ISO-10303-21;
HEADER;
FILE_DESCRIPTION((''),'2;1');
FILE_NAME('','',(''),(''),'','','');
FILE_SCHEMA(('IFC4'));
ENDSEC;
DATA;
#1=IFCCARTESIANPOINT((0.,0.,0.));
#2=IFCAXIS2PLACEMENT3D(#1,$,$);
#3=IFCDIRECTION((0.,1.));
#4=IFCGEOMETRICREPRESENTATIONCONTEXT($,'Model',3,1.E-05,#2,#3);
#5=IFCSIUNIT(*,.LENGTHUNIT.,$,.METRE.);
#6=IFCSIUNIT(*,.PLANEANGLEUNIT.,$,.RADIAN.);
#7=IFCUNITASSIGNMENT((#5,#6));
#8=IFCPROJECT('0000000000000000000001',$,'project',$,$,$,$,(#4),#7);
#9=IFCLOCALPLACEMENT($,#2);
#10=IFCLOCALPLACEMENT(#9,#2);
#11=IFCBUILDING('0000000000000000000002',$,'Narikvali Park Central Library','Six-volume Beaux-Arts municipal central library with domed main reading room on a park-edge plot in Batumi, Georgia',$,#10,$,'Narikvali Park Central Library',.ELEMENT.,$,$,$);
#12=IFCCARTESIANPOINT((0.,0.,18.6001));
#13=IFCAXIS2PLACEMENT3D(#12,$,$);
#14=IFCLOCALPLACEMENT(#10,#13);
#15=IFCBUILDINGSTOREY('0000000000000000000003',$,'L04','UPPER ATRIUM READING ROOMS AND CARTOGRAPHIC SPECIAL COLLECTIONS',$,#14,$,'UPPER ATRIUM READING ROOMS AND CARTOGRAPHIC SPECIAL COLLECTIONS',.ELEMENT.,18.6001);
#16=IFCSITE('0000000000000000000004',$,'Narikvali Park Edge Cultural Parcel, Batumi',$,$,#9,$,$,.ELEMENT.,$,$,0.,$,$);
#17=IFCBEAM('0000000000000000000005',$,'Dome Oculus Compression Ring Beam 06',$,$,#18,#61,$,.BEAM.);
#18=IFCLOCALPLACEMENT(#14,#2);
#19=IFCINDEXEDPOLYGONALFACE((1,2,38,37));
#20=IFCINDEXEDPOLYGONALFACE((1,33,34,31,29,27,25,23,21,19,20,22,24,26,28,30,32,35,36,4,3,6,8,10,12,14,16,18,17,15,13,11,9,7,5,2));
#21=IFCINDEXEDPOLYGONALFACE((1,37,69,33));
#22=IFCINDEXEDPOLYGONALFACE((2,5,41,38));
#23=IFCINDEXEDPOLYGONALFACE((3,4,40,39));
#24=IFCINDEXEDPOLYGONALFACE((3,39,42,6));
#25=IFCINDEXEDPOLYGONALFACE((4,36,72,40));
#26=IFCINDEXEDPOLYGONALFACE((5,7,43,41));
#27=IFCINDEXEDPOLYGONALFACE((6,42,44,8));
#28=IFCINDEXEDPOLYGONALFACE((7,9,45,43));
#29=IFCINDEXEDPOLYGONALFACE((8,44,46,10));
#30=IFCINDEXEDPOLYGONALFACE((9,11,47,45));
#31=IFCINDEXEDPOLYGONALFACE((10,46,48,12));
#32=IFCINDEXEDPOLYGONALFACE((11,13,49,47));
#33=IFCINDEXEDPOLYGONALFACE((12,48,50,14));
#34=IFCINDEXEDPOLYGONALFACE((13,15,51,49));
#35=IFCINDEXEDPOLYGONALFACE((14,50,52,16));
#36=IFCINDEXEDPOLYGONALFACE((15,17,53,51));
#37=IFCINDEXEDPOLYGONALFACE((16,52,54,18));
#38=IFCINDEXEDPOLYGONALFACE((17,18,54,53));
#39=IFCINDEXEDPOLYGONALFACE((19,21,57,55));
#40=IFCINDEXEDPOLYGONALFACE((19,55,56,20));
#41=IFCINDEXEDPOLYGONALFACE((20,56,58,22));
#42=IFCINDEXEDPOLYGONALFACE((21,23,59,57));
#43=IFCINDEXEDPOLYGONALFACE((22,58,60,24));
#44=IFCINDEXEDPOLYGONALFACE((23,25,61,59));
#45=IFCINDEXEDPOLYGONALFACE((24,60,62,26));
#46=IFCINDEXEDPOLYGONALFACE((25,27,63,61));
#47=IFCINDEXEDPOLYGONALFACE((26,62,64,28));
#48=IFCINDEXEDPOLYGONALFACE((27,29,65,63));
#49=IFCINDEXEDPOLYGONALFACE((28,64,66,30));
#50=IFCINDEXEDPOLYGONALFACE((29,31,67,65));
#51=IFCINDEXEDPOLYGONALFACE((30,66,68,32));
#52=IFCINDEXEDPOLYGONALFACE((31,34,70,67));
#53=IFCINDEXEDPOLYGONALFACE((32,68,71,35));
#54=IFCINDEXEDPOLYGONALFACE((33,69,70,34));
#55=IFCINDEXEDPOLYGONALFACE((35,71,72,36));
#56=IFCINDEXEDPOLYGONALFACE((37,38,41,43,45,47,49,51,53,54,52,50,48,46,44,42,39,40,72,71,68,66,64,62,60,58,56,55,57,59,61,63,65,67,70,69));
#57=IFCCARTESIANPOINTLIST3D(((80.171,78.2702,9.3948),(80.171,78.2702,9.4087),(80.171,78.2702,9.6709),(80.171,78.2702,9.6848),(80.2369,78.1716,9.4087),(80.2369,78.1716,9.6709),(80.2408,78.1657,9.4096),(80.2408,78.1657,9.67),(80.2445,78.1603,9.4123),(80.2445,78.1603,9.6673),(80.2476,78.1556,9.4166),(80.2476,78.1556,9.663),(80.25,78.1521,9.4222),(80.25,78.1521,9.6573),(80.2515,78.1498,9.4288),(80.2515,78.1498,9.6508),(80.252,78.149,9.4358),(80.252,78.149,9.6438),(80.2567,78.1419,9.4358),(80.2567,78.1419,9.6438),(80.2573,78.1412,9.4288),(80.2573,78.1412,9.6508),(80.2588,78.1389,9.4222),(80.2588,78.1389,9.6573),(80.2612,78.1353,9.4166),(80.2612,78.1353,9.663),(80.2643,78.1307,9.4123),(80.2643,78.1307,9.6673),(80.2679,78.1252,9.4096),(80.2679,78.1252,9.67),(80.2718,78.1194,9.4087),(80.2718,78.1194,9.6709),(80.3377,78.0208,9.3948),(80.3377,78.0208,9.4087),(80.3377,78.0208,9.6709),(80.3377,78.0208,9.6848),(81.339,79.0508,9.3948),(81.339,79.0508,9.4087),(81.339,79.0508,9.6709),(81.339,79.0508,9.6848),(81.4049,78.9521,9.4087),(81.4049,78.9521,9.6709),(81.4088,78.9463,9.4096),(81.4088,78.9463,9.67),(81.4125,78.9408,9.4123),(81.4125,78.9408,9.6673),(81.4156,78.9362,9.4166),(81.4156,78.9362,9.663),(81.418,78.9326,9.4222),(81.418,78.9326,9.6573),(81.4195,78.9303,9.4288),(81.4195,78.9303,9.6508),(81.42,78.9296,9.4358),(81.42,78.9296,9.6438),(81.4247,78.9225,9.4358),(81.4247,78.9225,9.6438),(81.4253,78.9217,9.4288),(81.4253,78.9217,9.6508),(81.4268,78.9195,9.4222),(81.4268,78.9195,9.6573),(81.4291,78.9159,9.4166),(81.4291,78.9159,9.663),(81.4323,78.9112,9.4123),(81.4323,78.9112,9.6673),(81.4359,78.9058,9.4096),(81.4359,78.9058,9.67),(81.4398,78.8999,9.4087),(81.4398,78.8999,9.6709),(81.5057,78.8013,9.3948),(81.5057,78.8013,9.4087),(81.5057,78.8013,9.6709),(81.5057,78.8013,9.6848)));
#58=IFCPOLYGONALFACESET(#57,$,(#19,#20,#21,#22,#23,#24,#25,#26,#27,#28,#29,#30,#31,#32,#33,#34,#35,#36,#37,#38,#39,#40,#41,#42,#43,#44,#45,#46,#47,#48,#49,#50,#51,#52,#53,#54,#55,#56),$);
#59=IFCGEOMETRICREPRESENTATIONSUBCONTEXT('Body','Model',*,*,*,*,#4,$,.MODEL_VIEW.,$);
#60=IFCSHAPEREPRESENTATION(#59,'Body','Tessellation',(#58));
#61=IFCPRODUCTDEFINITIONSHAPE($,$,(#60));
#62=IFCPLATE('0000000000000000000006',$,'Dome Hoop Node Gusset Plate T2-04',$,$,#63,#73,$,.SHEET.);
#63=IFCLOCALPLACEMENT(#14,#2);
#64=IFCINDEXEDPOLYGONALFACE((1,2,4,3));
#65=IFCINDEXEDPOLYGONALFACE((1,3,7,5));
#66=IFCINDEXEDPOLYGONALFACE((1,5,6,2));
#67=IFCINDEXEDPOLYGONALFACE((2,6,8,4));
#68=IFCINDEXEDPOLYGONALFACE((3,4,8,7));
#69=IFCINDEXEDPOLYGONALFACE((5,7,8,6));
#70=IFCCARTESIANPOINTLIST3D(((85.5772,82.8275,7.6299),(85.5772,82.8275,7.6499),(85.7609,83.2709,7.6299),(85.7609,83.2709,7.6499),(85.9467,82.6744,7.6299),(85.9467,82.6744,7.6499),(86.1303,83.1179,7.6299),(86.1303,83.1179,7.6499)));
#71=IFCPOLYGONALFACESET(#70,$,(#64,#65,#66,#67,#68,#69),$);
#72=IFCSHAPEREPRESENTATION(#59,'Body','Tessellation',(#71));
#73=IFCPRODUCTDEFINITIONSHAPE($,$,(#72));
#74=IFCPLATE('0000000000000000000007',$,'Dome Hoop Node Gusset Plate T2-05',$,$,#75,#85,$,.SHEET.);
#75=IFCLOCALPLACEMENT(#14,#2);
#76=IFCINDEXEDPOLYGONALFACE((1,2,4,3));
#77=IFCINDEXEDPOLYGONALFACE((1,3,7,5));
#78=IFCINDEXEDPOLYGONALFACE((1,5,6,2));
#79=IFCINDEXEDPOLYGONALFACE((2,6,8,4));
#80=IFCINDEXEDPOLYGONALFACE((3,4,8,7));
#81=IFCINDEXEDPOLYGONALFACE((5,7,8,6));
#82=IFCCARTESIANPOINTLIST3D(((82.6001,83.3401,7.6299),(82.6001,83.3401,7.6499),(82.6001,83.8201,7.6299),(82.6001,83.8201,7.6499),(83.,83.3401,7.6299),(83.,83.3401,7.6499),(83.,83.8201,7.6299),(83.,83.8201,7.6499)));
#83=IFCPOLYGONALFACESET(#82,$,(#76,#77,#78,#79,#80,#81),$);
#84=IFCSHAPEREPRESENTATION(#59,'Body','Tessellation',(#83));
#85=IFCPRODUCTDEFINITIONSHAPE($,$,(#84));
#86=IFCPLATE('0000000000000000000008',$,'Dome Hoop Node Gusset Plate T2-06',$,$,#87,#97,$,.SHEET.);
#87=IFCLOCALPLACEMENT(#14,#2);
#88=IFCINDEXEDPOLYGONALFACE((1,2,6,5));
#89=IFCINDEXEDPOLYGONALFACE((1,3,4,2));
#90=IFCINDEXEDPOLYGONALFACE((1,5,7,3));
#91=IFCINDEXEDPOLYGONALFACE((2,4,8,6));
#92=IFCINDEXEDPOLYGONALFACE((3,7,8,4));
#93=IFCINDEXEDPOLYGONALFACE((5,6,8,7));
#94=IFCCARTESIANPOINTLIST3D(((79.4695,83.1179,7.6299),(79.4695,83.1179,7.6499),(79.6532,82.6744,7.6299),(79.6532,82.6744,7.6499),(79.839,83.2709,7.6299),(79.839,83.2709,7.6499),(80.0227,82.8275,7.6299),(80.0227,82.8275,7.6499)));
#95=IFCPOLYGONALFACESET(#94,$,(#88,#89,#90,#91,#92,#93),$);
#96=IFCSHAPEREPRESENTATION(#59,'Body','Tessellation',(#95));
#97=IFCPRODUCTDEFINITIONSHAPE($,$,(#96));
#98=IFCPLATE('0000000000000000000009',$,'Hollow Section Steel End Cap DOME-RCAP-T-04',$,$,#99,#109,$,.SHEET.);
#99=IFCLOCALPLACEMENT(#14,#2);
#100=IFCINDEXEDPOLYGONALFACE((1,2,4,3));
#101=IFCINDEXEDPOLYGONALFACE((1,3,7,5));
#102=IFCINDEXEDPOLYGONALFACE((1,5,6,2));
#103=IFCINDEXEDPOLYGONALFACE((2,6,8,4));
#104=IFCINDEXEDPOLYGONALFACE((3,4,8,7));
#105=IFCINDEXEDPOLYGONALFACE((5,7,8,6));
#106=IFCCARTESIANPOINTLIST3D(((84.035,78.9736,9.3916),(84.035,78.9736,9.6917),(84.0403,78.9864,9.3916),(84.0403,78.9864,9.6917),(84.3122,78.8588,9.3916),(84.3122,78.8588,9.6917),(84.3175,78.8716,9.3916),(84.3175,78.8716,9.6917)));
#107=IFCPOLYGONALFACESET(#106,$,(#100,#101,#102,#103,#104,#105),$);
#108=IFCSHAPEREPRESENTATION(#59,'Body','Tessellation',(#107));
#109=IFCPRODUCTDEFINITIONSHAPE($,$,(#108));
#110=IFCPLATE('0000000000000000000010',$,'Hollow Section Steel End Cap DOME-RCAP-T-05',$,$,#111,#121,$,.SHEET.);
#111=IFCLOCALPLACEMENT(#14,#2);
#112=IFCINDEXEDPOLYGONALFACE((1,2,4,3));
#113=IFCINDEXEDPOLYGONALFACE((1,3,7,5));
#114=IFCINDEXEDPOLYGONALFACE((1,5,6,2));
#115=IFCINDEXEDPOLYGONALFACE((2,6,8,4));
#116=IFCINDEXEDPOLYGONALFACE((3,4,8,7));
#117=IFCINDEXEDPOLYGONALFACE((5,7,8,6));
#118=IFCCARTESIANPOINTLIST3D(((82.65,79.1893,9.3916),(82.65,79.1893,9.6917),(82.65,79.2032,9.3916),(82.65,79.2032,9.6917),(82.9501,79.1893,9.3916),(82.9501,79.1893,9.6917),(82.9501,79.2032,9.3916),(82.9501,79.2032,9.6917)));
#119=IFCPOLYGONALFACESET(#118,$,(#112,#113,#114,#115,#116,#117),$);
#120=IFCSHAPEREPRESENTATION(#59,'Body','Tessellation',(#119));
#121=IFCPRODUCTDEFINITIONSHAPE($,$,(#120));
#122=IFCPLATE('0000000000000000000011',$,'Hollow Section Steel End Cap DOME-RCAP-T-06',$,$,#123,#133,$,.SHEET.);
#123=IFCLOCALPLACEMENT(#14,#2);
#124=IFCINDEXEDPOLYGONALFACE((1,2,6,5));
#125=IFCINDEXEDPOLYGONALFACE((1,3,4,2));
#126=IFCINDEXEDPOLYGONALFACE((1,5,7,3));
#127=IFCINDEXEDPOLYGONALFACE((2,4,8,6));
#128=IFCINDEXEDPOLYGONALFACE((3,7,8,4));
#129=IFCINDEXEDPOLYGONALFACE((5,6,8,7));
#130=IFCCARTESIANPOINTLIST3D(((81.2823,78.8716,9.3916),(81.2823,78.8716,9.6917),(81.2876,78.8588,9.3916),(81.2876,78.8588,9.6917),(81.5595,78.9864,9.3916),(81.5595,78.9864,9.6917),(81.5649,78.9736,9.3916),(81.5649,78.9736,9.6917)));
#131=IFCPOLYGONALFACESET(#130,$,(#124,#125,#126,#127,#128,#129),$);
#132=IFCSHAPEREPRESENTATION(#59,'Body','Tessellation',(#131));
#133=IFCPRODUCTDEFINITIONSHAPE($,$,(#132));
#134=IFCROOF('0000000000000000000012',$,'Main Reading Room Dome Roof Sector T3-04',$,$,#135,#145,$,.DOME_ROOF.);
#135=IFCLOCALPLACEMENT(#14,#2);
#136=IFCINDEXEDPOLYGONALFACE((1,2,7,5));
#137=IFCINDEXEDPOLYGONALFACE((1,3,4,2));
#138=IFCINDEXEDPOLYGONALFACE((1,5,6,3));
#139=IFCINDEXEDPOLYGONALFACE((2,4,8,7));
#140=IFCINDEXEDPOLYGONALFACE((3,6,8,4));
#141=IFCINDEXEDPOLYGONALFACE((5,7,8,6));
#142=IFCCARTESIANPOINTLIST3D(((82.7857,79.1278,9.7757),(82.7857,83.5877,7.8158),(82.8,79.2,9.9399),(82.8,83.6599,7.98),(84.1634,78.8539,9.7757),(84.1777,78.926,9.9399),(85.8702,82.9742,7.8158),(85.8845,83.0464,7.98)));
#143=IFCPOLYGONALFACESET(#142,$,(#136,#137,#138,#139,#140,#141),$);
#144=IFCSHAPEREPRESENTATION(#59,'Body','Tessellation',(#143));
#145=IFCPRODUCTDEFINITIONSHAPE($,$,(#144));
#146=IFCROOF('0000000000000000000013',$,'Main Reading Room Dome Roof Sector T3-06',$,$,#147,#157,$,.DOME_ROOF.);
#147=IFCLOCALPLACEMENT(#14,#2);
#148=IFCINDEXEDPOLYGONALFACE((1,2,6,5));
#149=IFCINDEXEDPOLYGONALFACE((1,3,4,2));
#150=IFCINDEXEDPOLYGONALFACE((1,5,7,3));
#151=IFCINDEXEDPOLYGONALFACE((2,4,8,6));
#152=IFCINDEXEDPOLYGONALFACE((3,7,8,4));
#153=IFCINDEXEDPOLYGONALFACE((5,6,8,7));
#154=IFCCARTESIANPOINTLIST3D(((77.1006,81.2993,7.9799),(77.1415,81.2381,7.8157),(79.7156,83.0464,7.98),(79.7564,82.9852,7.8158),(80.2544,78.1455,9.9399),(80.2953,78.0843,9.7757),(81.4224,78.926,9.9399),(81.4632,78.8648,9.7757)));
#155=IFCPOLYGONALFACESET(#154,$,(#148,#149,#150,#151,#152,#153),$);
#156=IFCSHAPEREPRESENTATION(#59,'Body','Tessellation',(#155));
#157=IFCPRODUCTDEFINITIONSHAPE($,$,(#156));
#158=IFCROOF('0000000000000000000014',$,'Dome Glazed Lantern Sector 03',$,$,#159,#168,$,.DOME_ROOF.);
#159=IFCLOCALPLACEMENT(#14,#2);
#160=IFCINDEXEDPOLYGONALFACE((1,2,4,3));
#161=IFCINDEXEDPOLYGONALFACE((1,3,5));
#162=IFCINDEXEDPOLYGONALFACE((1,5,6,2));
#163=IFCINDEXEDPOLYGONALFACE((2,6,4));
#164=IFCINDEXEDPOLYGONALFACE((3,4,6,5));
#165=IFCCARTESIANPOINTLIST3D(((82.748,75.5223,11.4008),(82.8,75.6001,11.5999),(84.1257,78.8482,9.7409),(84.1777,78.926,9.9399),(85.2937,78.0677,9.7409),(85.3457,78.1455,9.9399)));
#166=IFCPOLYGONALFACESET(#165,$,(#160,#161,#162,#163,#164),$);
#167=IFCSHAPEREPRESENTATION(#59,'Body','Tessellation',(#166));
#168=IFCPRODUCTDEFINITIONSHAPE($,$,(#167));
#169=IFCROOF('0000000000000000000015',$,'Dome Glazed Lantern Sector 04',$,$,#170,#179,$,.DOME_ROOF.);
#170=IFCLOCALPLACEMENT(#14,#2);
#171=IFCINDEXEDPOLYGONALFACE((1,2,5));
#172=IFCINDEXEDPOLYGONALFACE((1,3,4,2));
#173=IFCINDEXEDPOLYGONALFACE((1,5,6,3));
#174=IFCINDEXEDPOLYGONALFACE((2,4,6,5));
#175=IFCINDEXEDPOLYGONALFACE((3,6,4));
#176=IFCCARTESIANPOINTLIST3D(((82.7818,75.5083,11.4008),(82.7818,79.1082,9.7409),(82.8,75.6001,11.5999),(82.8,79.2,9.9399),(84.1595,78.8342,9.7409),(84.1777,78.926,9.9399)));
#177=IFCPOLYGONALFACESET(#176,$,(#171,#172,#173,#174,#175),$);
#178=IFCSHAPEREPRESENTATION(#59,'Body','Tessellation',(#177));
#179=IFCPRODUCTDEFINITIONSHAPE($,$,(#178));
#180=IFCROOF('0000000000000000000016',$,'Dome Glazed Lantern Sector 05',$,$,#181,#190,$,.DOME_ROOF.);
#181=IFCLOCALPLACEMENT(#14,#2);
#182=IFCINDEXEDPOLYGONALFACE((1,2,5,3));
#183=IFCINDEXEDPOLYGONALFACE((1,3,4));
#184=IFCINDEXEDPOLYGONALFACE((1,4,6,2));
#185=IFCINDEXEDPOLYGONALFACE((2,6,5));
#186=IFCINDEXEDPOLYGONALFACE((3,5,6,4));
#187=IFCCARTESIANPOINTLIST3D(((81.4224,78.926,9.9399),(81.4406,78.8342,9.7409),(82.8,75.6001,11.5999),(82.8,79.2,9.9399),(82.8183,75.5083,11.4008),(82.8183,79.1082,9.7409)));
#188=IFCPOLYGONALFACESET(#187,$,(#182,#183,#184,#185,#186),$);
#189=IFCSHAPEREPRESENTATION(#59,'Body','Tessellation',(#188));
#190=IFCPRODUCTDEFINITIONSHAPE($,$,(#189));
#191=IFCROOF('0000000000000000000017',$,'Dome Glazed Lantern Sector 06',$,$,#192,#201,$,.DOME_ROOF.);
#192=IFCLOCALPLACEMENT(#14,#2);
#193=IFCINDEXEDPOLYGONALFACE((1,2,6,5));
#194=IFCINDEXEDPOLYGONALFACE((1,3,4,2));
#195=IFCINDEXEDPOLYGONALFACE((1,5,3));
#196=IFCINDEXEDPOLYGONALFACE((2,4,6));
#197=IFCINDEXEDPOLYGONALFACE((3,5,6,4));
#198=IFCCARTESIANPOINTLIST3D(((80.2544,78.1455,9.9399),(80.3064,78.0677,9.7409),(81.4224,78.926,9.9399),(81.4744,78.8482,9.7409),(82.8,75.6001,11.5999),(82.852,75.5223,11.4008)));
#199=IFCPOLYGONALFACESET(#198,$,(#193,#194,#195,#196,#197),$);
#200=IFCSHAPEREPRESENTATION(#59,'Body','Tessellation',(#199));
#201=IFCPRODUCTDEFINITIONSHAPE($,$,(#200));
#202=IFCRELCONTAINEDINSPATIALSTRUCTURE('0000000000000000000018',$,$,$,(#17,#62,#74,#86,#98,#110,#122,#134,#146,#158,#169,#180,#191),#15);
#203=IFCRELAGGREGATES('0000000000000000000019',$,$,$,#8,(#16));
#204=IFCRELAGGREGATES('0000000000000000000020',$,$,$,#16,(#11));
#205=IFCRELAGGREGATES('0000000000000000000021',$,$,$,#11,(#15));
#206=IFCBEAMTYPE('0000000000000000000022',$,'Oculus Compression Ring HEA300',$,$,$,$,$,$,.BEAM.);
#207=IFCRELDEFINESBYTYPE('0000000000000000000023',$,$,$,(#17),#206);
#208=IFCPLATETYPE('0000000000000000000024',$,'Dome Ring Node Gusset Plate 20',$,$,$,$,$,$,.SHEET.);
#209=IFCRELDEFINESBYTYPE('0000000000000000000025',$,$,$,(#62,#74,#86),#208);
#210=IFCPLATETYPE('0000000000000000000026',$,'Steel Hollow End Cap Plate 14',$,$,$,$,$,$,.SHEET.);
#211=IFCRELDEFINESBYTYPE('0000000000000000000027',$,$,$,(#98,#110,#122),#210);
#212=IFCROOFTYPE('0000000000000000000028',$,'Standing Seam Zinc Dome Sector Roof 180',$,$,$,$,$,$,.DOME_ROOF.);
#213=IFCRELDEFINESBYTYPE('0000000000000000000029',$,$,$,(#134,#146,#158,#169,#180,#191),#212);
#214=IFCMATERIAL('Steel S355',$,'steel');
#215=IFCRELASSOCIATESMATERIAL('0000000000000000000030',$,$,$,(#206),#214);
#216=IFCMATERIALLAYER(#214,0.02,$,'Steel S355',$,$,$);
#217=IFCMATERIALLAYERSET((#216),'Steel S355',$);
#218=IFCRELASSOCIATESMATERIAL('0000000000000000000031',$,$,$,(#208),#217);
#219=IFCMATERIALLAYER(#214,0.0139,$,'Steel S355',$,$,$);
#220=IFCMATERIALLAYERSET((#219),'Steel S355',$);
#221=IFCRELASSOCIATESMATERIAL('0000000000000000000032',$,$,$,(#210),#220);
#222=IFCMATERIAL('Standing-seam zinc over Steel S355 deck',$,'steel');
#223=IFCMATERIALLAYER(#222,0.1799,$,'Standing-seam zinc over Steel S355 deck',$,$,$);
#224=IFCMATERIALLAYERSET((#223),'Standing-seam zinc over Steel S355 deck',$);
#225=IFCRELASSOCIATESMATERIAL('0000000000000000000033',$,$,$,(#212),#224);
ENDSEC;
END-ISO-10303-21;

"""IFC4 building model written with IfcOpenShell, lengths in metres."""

from ifc_helpers import new_model, si_unit, direction, frame, origin, origin_2d, place, context, subcontext, project, spatial, polyline, rectangle, i_section, outline, extrude, material, layer, layer_set, material_profile, profile_set, type_object, element, save


model = new_model("IFC4")

# Units and contexts
model_context = context("Model", 3, precision=1e-05, world=origin(), true_north=direction((0.0, 1.0)))
body_context = subcontext(model_context, "Body", "Model", "MODEL_VIEW")
ifc_project = project(units=[si_unit("LENGTHUNIT", "METRE"), si_unit("PLANEANGLEUNIT", "RADIAN")], contexts=[model_context])

# Site, building, storey
site_placement = place(None, origin())
site = spatial("IfcSite", under=ifc_project, at=site_placement, Name="Narikvali Park Edge Cultural Parcel, Batumi", CompositionType="ELEMENT", RefElevation=0.0)
building_placement = place(site_placement, origin())
building = spatial("IfcBuilding", under=site, at=building_placement, Name="Narikvali Park Central Library", Description="Six-volume Beaux-Arts municipal central library with domed main reading room on a park-edge plot in Batumi, Georgia", LongName="Narikvali Park Central Library", CompositionType="ELEMENT")
storey_placement = place(building_placement, frame((0.0, 0.0, 18.6001)))
storey = spatial("IfcBuildingStorey", under=building, at=storey_placement, Name="L04", Description="UPPER ATRIUM READING ROOMS AND CARTOGRAPHIC SPECIAL COLLECTIONS", LongName="UPPER ATRIUM READING ROOMS AND CARTOGRAPHIC SPECIAL COLLECTIONS", CompositionType="ELEMENT", Elevation=18.6001)

# Shared definitions
ifc_material_1 = material(Name="Steel S355", Category="steel")

# Beam
ifc_material_profile_1 = material_profile(ifc_material_1, i_section(OverallWidth=0.3, OverallDepth=0.29, WebThickness=0.0085, FlangeThickness=0.0139, FilletRadius=0.0271, at=origin_2d()), Name="HEA 300")
ifc_profile_set_1 = profile_set([ifc_material_profile_1], Name="Steel S355")
beam_type = type_object("IfcBeamType", Name="Oculus Compression Ring HEA300", PredefinedType="BEAM", material=ifc_profile_set_1)
beam_1_placement = place(storey_placement, frame((81.4224, 78.926, 9.5398), z_axis=(-0.831435, -0.555622, 0.0), x_axis=(0.555622, -0.831435, 0.0)))
element("IfcBeam", 1, at=beam_1_placement, inside=storey, type_object=beam_type, Name="Dome Oculus Compression Ring Beam 06", PredefinedType="BEAM", context=body_context, shape_type="SweptSolid", body=[
    extrude(i_section(OverallWidth=0.3, OverallDepth=0.29, WebThickness=0.0085, FlangeThickness=0.0139, FilletRadius=0.0271, at=origin_2d()), origin(), (0.0, 0.0, 1.0), 1.4048),
])

# Plates
ifc_layer_1 = layer(ifc_material_1, 0.02, Name="Steel S355")
ifc_layer_set_1 = layer_set([ifc_layer_1], Name="Steel S355")
plate_type_1 = type_object("IfcPlateType", Name="Dome Ring Node Gusset Plate 20", PredefinedType="SHEET", material=ifc_layer_set_1)
for number, where, z_axis, x_axis, name in (
    (2, (85.8538, 82.9727, 7.6299), (0.0, 0.0, 1.0), (0.382683, 0.92388, 0.0), "Dome Hoop Node Gusset Plate T2-04"),
    (3, (82.8, 83.5801, 7.6299), (0.0, 0.0, 1.0), (0.0, 1.0, 0.0), "Dome Hoop Node Gusset Plate T2-05"),
    (4, (79.7461, 82.9727, 7.6299), (0.0, 0.0, 1.0), (-0.382683, 0.92388, 0.0), "Dome Hoop Node Gusset Plate T2-06"),
):
    element("IfcPlate", number, at=place(storey_placement, frame(where, z_axis=z_axis, x_axis=x_axis)), inside=storey, type_object=plate_type_1, Name=name, PredefinedType="SHEET", context=body_context, shape_type="SweptSolid", body=[
        extrude(rectangle(XDim=0.48, YDim=0.3999, at=origin_2d()), origin(), (0.0, 0.0, 1.0), 0.02),
    ])
ifc_layer_2 = layer(ifc_material_1, 0.0139, Name="Steel S355")
ifc_layer_set_2 = layer_set([ifc_layer_2], Name="Steel S355")
plate_type_2 = type_object("IfcPlateType", Name="Steel Hollow End Cap Plate 14", PredefinedType="SHEET", material=ifc_layer_set_2)
for number, where, z_axis, x_axis, name in (
    (5, (84.1763, 78.9226, 9.3916), (0.0, 0.0, 1.0), (-0.92388, 0.382683, 0.0), "Hollow Section Steel End Cap DOME-RCAP-T-04"),
    (6, (82.8, 79.1963, 9.3916), (0.0, 0.0, 1.0), (-1.0, 0.0, 0.0), "Hollow Section Steel End Cap DOME-RCAP-T-05"),
    (7, (81.4236, 78.9226, 9.3916), (0.0, 0.0, 1.0), (-0.92388, -0.382683, 0.0), "Hollow Section Steel End Cap DOME-RCAP-T-06"),
):
    element("IfcPlate", number, at=place(storey_placement, frame(where, z_axis=z_axis, x_axis=x_axis)), inside=storey, type_object=plate_type_2, Name=name, PredefinedType="SHEET", context=body_context, shape_type="SweptSolid", body=[
        extrude(rectangle(XDim=0.3, YDim=0.0139, at=origin_2d()), origin(), (0.0, 0.0, 1.0), 0.3),
    ])

# Roofs
ifc_material_2 = material(Name="Standing-seam zinc over Steel S355 deck", Category="steel")
ifc_layer_3 = layer(ifc_material_2, 0.1799, Name="Standing-seam zinc over Steel S355 deck")
ifc_layer_set_3 = layer_set([ifc_layer_3], Name="Standing-seam zinc over Steel S355 deck")
roof_type = type_object("IfcRoofType", Name="Standing Seam Zinc Dome Sector Roof 180", PredefinedType="DOME_ROOF", material=ifc_layer_set_3)
roof_1_placement = place(storey_placement, frame((85.8845, 83.0464, 7.98), z_axis=(0.079762, 0.401046, 0.912579), x_axis=(-0.980787, 0.195082, -0.000009)))
element("IfcRoof", 8, at=roof_1_placement, inside=storey, type_object=roof_type, Name="Main Reading Room Dome Roof Sector T3-04", PredefinedType="DOME_ROOF", context=body_context, shape_type="SweptSolid", body=[
    extrude(outline(polyline([(0.0, 0.0), (3.1449, 0.0), (2.2748, 4.7933), (0.8702, 4.7932), (0.0, 0.0)])), origin(), (0.0, 0.0, -1.0), 0.1799),
])
roof_2_placement = place(storey_placement, frame((79.7156, 83.0464, 7.98), z_axis=(-0.227162, 0.339986, 0.912583), x_axis=(-0.831497, -0.555529, -0.000014)))
element("IfcRoof", 9, at=roof_2_placement, inside=storey, type_object=roof_type, Name="Main Reading Room Dome Roof Sector T3-06", PredefinedType="DOME_ROOF", context=body_context, shape_type="SweptSolid", body=[
    extrude(outline(polyline([(0.0, 0.0), (3.1449, 0.0), (2.2745, 4.7934), (0.8698, 4.7933), (0.0, 0.0)])), origin(), (0.0, 0.0, -1.0), 0.1799),
])
roof_3_placement = place(storey_placement, frame((85.3457, 78.1455, 9.9399), z_axis=(0.236393, 0.353739, 0.904979), x_axis=(-0.831435, 0.555622, 0.0)))
element("IfcRoof", 10, at=roof_3_placement, inside=storey, type_object=roof_type, Name="Dome Glazed Lantern Sector 03", PredefinedType="DOME_ROOF", context=body_context, shape_type="SweptSolid", body=[
    extrude(outline(polyline([(0.0, 0.0), (1.4048, 0.0), (0.7023, 3.9015), (0.0, 0.0)])), origin(), (0.0, 0.0, -1.0), 0.22),
])
roof_4_placement = place(storey_placement, frame((84.1777, 78.926, 9.9399), z_axis=(0.08297, 0.41729, 0.904978), x_axis=(-0.980801, 0.195013, 0.0)))
element("IfcRoof", 11, at=roof_4_placement, inside=storey, type_object=roof_type, Name="Dome Glazed Lantern Sector 04", PredefinedType="DOME_ROOF", context=body_context, shape_type="SweptSolid", body=[
    extrude(outline(polyline([(0.0, 0.0), (1.4047, 0.0), (0.7026, 3.9015), (0.0, 0.0)])), origin(), (0.0, 0.0, -1.0), 0.22),
])
roof_5_placement = place(storey_placement, frame((82.8, 79.2, 9.9399), z_axis=(-0.08297, 0.41729, 0.904978), x_axis=(-0.980801, -0.195013, 0.0)))
element("IfcRoof", 12, at=roof_5_placement, inside=storey, type_object=roof_type, Name="Dome Glazed Lantern Sector 05", PredefinedType="DOME_ROOF", context=body_context, shape_type="SweptSolid", body=[
    extrude(outline(polyline([(0.0, 0.0), (1.4047, 0.0), (0.702, 3.9015), (0.0, 0.0)])), origin(), (0.0, 0.0, -1.0), 0.22),
])
roof_6_placement = place(storey_placement, frame((81.4224, 78.926, 9.9399), z_axis=(-0.236393, 0.353739, 0.904979), x_axis=(-0.831435, -0.555622, 0.0)))
element("IfcRoof", 13, at=roof_6_placement, inside=storey, type_object=roof_type, Name="Dome Glazed Lantern Sector 06", PredefinedType="DOME_ROOF", context=body_context, shape_type="SweptSolid", body=[
    extrude(outline(polyline([(0.0, 0.0), (1.4048, 0.0), (0.7025, 3.9015), (0.0, 0.0)])), origin(), (0.0, 0.0, -1.0), 0.22),
])

save(model, "model.ifc")
